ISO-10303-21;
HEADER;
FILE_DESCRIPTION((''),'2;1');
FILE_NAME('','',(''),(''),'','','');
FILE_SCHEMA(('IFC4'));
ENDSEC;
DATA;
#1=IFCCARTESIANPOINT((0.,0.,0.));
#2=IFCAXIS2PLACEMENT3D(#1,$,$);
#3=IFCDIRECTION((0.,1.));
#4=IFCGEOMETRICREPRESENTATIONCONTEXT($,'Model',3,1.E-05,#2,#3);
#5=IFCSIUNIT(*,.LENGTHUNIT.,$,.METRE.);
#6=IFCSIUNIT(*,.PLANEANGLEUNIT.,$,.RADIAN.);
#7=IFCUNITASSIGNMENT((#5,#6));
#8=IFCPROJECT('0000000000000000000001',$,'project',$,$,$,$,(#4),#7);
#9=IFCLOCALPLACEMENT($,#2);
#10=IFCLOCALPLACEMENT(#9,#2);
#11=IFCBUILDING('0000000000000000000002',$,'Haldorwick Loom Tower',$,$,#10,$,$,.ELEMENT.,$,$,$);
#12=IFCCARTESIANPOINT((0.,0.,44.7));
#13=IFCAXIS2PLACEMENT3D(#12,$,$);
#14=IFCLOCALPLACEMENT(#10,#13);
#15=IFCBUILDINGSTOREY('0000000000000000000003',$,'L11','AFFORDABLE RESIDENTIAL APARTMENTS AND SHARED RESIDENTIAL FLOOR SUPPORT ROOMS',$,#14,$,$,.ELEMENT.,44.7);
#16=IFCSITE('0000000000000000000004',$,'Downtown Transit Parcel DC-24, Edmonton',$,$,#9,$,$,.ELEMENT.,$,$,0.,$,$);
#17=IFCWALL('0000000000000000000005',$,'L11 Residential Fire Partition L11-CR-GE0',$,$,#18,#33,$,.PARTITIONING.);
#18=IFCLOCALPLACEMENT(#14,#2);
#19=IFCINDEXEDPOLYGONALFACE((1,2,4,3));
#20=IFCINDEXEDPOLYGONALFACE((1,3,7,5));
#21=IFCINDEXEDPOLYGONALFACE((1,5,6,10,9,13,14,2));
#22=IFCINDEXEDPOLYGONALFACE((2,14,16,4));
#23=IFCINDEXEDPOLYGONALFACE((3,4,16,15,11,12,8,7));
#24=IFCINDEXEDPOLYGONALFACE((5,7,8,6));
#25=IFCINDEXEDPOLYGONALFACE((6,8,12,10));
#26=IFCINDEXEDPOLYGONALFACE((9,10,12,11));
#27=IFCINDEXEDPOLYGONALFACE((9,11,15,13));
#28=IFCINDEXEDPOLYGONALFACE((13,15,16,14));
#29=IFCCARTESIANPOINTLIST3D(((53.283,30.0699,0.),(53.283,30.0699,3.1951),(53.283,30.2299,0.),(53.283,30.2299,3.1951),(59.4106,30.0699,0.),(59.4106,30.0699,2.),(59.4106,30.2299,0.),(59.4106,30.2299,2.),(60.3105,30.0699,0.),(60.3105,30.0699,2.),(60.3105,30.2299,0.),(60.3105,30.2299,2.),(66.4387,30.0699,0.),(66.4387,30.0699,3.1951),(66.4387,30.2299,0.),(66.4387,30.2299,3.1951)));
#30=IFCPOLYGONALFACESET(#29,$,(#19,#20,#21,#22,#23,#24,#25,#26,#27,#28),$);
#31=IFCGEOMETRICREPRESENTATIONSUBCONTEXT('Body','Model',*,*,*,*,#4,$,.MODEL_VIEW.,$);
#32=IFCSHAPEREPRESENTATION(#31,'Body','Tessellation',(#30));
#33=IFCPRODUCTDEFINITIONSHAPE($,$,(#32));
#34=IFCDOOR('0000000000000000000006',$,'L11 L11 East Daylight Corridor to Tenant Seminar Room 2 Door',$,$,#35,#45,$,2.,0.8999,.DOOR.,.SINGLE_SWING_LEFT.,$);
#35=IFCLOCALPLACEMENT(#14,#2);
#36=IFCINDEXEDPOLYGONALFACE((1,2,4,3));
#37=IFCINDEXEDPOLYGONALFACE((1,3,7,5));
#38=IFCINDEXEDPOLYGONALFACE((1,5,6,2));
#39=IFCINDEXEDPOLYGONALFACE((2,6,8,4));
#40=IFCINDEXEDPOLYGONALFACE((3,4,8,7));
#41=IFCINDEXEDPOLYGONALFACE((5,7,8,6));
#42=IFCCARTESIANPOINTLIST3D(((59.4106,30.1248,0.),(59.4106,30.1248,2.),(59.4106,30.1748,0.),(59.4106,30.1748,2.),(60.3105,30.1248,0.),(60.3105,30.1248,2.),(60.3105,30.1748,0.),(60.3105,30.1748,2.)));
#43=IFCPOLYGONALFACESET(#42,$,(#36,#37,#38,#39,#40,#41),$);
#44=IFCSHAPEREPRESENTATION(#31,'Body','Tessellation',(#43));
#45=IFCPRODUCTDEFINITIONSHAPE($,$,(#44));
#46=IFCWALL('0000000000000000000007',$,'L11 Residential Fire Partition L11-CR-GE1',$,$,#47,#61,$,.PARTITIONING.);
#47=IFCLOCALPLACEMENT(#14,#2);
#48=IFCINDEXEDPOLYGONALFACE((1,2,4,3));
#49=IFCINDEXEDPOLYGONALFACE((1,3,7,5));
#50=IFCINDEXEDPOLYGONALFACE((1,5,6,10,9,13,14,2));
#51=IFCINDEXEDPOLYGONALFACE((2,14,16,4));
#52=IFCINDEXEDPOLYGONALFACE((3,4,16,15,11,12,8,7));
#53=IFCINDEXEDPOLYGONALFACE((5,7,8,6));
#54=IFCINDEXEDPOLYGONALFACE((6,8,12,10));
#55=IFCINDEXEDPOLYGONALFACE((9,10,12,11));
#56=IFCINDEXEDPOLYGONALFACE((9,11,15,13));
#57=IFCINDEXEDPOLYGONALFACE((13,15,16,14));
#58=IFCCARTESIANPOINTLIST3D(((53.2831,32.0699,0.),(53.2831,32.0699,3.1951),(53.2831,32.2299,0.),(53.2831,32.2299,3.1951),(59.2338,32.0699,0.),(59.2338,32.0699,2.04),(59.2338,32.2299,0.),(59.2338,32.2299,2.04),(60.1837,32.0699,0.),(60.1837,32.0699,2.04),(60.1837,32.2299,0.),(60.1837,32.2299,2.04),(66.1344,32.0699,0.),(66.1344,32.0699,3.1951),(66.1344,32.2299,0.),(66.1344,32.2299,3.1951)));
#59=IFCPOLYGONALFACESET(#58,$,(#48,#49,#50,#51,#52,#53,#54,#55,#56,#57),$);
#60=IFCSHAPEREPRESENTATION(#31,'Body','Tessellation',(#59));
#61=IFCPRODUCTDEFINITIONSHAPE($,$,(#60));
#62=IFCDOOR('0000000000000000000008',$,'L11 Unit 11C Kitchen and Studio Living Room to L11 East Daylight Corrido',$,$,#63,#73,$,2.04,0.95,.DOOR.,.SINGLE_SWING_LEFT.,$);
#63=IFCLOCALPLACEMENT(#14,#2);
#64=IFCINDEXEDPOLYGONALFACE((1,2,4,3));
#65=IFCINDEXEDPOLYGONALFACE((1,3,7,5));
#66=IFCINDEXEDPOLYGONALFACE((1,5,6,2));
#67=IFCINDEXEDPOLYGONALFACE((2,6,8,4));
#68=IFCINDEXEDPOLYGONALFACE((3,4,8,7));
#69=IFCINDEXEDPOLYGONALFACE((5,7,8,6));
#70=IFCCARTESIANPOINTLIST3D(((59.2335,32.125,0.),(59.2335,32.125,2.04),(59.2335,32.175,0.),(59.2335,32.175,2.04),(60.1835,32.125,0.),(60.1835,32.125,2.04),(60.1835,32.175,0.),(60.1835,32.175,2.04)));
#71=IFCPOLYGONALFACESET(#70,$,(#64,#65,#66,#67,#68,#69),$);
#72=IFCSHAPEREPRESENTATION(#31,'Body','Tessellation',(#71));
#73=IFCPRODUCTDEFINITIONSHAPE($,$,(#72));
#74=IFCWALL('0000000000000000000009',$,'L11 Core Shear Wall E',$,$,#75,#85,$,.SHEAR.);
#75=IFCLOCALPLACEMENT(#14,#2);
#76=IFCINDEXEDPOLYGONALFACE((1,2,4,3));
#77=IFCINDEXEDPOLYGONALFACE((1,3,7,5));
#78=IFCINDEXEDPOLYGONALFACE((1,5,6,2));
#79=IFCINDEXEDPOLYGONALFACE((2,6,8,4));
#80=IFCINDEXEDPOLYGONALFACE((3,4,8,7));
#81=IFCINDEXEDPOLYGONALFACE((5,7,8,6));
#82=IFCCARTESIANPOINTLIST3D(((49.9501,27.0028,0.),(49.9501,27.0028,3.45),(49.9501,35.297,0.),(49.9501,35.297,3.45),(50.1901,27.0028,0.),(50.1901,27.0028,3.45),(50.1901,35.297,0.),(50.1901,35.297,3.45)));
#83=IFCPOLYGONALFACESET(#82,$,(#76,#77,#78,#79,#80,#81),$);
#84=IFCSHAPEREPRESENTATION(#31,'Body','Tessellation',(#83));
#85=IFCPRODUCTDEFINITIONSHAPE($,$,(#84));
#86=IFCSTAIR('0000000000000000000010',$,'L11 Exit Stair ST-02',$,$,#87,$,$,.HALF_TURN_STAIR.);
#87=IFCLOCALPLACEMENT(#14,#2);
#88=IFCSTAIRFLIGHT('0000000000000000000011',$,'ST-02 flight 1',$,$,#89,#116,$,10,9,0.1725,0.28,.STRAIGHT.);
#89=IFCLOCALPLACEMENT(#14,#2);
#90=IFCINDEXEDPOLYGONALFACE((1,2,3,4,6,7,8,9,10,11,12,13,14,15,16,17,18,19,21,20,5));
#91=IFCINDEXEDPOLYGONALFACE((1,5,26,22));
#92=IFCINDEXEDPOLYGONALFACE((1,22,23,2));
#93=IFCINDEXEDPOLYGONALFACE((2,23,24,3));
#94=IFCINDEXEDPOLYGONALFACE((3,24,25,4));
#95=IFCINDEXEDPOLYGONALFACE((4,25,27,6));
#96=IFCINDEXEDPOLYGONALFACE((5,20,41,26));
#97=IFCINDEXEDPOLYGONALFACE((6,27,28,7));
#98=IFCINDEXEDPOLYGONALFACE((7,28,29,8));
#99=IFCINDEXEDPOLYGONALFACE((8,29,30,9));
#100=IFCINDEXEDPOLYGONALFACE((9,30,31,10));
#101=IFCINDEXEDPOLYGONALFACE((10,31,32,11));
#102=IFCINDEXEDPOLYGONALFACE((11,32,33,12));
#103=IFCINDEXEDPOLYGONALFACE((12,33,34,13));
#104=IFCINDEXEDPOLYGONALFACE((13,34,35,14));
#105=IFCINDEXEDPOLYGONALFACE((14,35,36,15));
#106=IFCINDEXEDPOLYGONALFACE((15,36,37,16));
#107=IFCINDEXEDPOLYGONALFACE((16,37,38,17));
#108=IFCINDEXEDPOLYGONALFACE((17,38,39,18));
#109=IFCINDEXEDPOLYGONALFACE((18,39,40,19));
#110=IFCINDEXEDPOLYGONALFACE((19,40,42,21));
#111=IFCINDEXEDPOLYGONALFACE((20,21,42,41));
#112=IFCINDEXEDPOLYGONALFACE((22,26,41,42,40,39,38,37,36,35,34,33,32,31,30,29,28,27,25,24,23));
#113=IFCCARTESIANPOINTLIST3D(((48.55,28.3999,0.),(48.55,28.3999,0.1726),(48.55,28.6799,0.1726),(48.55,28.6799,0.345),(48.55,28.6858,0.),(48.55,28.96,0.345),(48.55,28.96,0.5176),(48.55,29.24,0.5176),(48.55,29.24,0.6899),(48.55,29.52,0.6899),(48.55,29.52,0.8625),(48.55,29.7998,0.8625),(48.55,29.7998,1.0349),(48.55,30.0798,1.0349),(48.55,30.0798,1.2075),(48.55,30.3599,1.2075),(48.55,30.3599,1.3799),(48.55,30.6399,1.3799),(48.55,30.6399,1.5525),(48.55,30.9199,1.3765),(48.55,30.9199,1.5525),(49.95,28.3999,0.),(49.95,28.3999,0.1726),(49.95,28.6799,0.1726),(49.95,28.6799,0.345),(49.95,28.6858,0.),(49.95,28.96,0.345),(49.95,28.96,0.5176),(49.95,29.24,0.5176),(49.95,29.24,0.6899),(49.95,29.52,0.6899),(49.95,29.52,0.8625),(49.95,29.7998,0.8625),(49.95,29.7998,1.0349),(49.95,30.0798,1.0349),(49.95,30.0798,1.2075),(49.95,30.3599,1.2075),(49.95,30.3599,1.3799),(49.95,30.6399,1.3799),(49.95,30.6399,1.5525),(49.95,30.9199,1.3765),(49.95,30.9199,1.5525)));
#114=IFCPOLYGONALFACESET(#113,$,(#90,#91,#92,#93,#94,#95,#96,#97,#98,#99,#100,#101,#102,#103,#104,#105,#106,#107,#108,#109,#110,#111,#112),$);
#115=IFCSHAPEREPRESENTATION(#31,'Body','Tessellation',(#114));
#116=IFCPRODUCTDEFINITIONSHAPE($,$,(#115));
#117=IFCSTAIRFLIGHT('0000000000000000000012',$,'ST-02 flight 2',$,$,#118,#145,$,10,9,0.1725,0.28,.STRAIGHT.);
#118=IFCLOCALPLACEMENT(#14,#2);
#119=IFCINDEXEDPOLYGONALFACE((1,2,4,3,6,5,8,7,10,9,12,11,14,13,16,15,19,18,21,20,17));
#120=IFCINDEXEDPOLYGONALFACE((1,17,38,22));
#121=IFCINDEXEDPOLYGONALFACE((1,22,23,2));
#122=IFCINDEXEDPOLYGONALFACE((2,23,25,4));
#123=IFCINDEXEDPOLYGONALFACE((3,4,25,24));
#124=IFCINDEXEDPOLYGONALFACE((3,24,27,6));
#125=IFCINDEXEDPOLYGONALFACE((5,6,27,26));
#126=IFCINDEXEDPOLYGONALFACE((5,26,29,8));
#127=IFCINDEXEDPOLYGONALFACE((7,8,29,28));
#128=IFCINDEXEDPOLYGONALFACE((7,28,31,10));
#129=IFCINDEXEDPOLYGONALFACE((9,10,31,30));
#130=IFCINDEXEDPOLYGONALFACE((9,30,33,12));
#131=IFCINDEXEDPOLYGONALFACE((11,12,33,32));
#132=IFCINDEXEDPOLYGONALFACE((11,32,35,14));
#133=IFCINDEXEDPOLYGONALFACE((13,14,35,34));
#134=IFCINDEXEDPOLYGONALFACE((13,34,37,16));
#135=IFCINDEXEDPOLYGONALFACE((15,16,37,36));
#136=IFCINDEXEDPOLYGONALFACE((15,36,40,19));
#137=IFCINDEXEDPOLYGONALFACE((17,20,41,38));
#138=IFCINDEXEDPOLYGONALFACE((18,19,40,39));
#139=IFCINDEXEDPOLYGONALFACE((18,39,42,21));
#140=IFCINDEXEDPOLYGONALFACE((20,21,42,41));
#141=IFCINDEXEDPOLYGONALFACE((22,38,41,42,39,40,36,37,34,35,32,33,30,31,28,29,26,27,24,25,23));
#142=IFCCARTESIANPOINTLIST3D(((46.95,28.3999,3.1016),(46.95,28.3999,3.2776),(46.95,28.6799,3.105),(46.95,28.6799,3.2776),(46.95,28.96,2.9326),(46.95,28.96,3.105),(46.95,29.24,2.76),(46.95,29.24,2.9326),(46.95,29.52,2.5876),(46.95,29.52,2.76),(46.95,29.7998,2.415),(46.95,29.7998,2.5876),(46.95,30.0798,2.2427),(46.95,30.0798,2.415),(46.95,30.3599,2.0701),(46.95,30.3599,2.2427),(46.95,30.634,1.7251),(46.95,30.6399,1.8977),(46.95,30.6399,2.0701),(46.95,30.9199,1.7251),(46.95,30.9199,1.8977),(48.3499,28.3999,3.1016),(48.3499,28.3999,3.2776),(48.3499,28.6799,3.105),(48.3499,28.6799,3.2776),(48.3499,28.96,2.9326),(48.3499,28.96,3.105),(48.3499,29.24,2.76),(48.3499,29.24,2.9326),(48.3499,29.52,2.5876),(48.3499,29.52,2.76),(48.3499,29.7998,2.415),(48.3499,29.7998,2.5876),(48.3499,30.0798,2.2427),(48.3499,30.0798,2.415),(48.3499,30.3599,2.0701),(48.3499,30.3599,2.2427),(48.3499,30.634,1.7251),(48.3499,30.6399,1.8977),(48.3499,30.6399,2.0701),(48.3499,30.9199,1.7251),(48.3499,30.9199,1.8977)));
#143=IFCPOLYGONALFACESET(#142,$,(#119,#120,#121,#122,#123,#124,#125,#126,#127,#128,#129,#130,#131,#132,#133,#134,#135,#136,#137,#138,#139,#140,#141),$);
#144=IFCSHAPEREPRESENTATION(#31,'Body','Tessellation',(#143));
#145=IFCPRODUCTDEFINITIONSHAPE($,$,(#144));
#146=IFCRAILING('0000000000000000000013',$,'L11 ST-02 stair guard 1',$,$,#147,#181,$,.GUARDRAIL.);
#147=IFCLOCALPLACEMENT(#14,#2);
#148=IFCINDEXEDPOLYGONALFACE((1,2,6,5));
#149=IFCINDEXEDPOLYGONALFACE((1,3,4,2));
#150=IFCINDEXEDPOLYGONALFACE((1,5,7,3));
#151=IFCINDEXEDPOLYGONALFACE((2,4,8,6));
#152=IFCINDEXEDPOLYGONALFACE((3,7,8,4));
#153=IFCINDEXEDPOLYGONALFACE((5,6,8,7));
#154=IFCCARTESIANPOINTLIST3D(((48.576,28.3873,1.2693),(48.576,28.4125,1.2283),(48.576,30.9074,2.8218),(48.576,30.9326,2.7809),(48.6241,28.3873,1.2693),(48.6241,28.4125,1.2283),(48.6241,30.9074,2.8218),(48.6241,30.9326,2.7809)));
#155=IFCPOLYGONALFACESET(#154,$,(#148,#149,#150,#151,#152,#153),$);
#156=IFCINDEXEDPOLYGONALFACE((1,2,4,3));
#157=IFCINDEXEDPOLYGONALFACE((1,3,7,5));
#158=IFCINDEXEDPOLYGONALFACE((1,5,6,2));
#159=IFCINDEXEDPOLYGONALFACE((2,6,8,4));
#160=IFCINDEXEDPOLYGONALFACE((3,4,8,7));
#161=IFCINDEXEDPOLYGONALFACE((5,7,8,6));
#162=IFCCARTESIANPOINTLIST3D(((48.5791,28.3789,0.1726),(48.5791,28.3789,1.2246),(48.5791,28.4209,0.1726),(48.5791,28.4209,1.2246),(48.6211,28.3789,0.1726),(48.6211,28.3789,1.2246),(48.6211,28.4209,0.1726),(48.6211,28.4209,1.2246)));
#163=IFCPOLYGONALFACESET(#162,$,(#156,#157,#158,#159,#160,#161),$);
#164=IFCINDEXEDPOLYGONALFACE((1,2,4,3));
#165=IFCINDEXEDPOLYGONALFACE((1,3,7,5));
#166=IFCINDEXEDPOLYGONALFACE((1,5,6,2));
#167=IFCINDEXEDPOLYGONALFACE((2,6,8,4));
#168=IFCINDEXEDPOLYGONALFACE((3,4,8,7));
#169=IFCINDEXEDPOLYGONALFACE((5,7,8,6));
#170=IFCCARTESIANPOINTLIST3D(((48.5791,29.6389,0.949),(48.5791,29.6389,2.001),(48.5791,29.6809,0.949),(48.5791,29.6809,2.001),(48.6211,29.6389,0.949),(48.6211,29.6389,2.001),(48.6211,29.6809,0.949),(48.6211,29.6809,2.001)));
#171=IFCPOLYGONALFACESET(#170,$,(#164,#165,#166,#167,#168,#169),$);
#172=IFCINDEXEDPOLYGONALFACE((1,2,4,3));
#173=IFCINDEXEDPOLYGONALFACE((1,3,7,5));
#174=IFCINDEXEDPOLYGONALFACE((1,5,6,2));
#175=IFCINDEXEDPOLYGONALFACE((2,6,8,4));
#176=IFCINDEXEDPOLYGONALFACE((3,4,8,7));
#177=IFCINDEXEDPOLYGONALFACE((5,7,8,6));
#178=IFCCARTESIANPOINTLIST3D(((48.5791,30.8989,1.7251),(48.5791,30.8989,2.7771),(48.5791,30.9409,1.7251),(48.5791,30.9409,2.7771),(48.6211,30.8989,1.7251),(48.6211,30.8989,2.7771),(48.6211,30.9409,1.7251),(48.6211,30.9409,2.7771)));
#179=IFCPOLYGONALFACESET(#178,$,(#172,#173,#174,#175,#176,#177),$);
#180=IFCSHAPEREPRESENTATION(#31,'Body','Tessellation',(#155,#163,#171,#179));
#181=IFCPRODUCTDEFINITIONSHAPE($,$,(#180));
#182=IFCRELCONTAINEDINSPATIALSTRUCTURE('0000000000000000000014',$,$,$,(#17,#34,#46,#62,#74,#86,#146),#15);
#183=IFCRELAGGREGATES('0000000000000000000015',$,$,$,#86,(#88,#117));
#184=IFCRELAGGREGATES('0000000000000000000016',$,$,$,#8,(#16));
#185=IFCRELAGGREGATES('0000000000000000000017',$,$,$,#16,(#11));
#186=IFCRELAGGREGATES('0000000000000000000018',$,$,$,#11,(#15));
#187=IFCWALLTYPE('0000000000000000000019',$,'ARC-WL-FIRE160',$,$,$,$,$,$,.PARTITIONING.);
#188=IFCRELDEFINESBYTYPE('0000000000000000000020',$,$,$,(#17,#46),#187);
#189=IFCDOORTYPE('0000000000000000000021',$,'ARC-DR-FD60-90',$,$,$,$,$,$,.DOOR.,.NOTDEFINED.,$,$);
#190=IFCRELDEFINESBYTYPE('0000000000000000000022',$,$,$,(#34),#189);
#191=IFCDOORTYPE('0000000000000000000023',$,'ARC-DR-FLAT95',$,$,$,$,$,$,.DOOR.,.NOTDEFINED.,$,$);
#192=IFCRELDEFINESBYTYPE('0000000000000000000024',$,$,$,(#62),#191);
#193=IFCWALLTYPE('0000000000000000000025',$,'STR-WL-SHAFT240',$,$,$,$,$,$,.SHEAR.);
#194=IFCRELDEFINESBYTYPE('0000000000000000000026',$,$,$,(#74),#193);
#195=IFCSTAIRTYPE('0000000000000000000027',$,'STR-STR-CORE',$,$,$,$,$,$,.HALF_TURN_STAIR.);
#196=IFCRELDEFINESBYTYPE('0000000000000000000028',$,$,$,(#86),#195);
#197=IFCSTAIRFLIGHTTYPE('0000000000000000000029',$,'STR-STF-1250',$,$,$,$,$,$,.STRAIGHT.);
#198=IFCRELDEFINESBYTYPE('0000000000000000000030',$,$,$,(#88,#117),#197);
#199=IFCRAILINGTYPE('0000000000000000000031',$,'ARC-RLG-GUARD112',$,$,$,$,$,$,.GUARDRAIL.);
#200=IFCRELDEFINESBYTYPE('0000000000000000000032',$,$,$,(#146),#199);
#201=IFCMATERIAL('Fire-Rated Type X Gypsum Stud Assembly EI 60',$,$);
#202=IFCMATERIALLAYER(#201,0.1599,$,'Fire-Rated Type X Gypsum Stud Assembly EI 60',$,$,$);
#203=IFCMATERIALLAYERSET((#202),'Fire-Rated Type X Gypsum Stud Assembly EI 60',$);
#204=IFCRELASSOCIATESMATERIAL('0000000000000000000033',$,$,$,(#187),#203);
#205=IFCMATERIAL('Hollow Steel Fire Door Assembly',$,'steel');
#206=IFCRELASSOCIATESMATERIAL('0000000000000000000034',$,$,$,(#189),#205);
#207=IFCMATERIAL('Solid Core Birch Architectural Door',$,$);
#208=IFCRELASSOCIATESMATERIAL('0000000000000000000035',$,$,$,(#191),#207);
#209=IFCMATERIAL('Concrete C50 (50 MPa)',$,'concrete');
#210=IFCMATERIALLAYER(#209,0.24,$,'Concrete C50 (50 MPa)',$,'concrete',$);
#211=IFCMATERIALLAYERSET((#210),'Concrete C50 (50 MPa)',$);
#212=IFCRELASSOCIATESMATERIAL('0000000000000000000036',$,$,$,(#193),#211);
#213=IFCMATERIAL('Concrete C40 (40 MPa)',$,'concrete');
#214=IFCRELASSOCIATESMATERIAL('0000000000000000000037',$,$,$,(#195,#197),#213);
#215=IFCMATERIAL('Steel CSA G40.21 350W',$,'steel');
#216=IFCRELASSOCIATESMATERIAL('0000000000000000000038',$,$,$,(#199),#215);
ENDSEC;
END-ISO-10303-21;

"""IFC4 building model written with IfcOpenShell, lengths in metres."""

from ifc_helpers import new_model, si_unit, direction, frame, frame_2d, origin, origin_2d, place, context, subcontext, project, spatial, polyline, rectangle, outline, extrude, material, layer, layer_set, type_object, element, fill, aggregate, save


model = new_model("IFC4")

# Units and contexts
model_context = context("Model", 3, precision=1e-05, world=origin(), true_north=direction((0.0, 1.0)))
body_context = subcontext(model_context, "Body", "Model", "MODEL_VIEW")
ifc_project = project(units=[si_unit("LENGTHUNIT", "METRE"), si_unit("PLANEANGLEUNIT", "RADIAN")], contexts=[model_context])

# Site, building, storey
site_placement = place(None, origin())
site = spatial("IfcSite", under=ifc_project, at=site_placement, Name="Downtown Transit Parcel DC-24, Edmonton", CompositionType="ELEMENT", RefElevation=0.0)
building_placement = place(site_placement, origin())
building = spatial("IfcBuilding", under=site, at=building_placement, Name="Haldorwick Loom Tower", CompositionType="ELEMENT")
storey_placement = place(building_placement, frame((0.0, 0.0, 44.7)))
storey = spatial("IfcBuildingStorey", under=building, at=storey_placement, Name="L11", Description="AFFORDABLE RESIDENTIAL APARTMENTS AND SHARED RESIDENTIAL FLOOR SUPPORT ROOMS", CompositionType="ELEMENT", Elevation=44.7)

# Shared definitions
ifc_material_1 = material(Name="Steel CSA G40.21 350W", Category="steel")

# Walls, openings, doors
ifc_material_2 = material(Name="Fire-Rated Type X Gypsum Stud Assembly EI 60")
ifc_layer_1 = layer(ifc_material_2, 0.1599, Name="Fire-Rated Type X Gypsum Stud Assembly EI 60")
ifc_layer_set_1 = layer_set([ifc_layer_1], Name="Fire-Rated Type X Gypsum Stud Assembly EI 60")
wall_type_1 = type_object("IfcWallType", Name="ARC-WL-FIRE160", PredefinedType="PARTITIONING", material=ifc_layer_set_1)
wall_1_placement = place(storey_placement, frame((53.283, 30.1499, 0.0), z_axis=(0.0, 0.0, 1.0), x_axis=(1.0, 0.0, 0.0)))
wall_1 = element("IfcWall", 1, at=wall_1_placement, inside=storey, type_object=wall_type_1, Name="L11 Residential Fire Partition L11-CR-GE0", PredefinedType="PARTITIONING", context=body_context, shape_type="SweptSolid", body=[
    extrude(rectangle(XDim=13.1558, YDim=0.1599, at=frame_2d((6.5779, 0.0))), origin(), (0.0, 0.0, 1.0), 3.1951),
])
opening_1_placement = place(wall_1_placement, frame((6.1277, 0.0, 0.0)))
opening_1 = element("IfcOpeningElement", 2, at=opening_1_placement, cuts=wall_1, PredefinedType="OPENING", context=body_context, shape_type="SweptSolid", body=[
    extrude(rectangle(XDim=0.8999, YDim=2.0, at=frame_2d((0.45, 1.0))), frame((0.0, 0.0898, 0.0), z_axis=(0.0, -1.0, 0.0), x_axis=(1.0, 0.0, 0.0)), (0.0, 0.0, 1.0), 0.1799),
])
ifc_material_3 = material(Name="Hollow Steel Fire Door Assembly", Category="steel")
door_type_1 = type_object("IfcDoorType", Name="ARC-DR-FD60-90", OperationType="NOTDEFINED", PredefinedType="DOOR", material=ifc_material_3)
door_1_placement = place(opening_1_placement, origin())
door_1 = element("IfcDoor", 3, at=door_1_placement, inside=storey, type_object=door_type_1, Name="L11 L11 East Daylight Corridor to Tenant Seminar Room 2 Door", OperationType="SINGLE_SWING_LEFT", OverallHeight=2.0, OverallWidth=0.8999, PredefinedType="DOOR", context=body_context, shape_type="SweptSolid", body=[
    extrude(rectangle(XDim=0.8999, YDim=2.0, at=frame_2d((0.45, 1.0))), frame((0.0, 0.0249, 0.0), z_axis=(0.0, -1.0, 0.0), x_axis=(1.0, 0.0, 0.0)), (0.0, 0.0, 1.0), 0.05),
])
fill(opening_1, door_1)
wall_2_placement = place(storey_placement, frame((53.283, 32.1499, 0.0), z_axis=(0.0, 0.0, 1.0), x_axis=(1.0, 0.0, 0.0)))
wall_2 = element("IfcWall", 4, at=wall_2_placement, inside=storey, type_object=wall_type_1, Name="L11 Residential Fire Partition L11-CR-GE1", PredefinedType="PARTITIONING", context=body_context, shape_type="SweptSolid", body=[
    extrude(rectangle(XDim=12.8513, YDim=0.1599, at=frame_2d((6.4258, 0.0))), origin(), (0.0, 0.0, 1.0), 3.1951),
])
opening_2_placement = place(wall_2_placement, frame((5.9507, 0.0, 0.0)))
opening_2 = element("IfcOpeningElement", 5, at=opening_2_placement, cuts=wall_2, PredefinedType="OPENING", context=body_context, shape_type="SweptSolid", body=[
    extrude(rectangle(XDim=0.95, YDim=2.04, at=frame_2d((0.4751, 1.02))), frame((0.0, 0.0898, 0.0), z_axis=(0.0, -1.0, 0.0), x_axis=(1.0, 0.0, 0.0)), (0.0, 0.0, 1.0), 0.1799),
])
ifc_material_4 = material(Name="Solid Core Birch Architectural Door")
door_type_2 = type_object("IfcDoorType", Name="ARC-DR-FLAT95", OperationType="NOTDEFINED", PredefinedType="DOOR", material=ifc_material_4)
door_2_placement = place(opening_2_placement, frame((0.95, 0.0, 0.0), z_axis=(0.0, 0.0, 1.0), x_axis=(-1.0, 0.0, 0.0)))
door_2 = element("IfcDoor", 6, at=door_2_placement, inside=storey, type_object=door_type_2, Name="L11 Unit 11C Kitchen and Studio Living Room to L11 East Daylight Corrido", OperationType="SINGLE_SWING_LEFT", OverallHeight=2.04, OverallWidth=0.95, PredefinedType="DOOR", context=body_context, shape_type="SweptSolid", body=[
    extrude(rectangle(XDim=0.95, YDim=2.04, at=frame_2d((0.4751, 1.02))), frame((0.0, 0.0249, 0.0), z_axis=(0.0, -1.0, 0.0), x_axis=(1.0, 0.0, 0.0)), (0.0, 0.0, 1.0), 0.05),
])
fill(opening_2, door_2)

# Wall
ifc_material_5 = material(Name="Concrete C50 (50 MPa)", Category="concrete")
ifc_layer_2 = layer(ifc_material_5, 0.24, Name="Concrete C50 (50 MPa)", Category="concrete")
ifc_layer_set_2 = layer_set([ifc_layer_2], Name="Concrete C50 (50 MPa)")
wall_type_2 = type_object("IfcWallType", Name="STR-WL-SHAFT240", PredefinedType="SHEAR", material=ifc_layer_set_2)
wall_3_placement = place(storey_placement, frame((50.0701, 27.0029, 0.0), z_axis=(0.0, 0.0, 1.0), x_axis=(0.0, 1.0, 0.0)))
element("IfcWall", 7, at=wall_3_placement, inside=storey, type_object=wall_type_2, Name="L11 Core Shear Wall E", PredefinedType="SHEAR", context=body_context, shape_type="SweptSolid", body=[
    extrude(rectangle(XDim=8.2942, YDim=0.24, at=frame_2d((4.147, 0.0))), origin(), (0.0, 0.0, 1.0), 3.45),
])

# Stair, stair flights
ifc_material_6 = material(Name="Concrete C40 (40 MPa)", Category="concrete")
stair_type = type_object("IfcStairType", Name="STR-STR-CORE", PredefinedType="HALF_TURN_STAIR", material=ifc_material_6)
stair_placement = place(storey_placement, origin())
stair = element("IfcStair", 8, at=stair_placement, inside=storey, type_object=stair_type, Name="L11 Exit Stair ST-02", PredefinedType="HALF_TURN_STAIR")
stair_flight_type = type_object("IfcStairFlightType", Name="STR-STF-1250", PredefinedType="STRAIGHT", material=ifc_material_6)
stair_flight_1_placement = place(storey_placement, frame((49.25, 28.3999, 0.0), z_axis=(0.0, 0.0, 1.0), x_axis=(0.0, 1.0, 0.0)))
stair_flight_1 = element("IfcStairFlight", 9, at=stair_flight_1_placement, type_object=stair_flight_type, Name="ST-02 flight 1", NumberOfRisers=10, NumberOfTreads=9, PredefinedType="STRAIGHT", RiserHeight=0.1725, TreadLength=0.28, context=body_context, shape_type="SweptSolid", body=[
    extrude(outline(polyline([(0.0, 0.0), (0.0, 0.1726), (0.28, 0.1726), (0.28, 0.345), (0.5601, 0.345), (0.5601, 0.5176), (0.8401, 0.5176), (0.8401, 0.6899), (1.1201, 0.6899), (1.1201, 0.8625), (1.3999, 0.8625), (1.3999, 1.0349), (1.6799, 1.0349), (1.6799, 1.2075), (1.96, 1.2075), (1.96, 1.3799), (2.24, 1.3799), (2.24, 1.5525), (2.52, 1.5525), (2.52, 1.7251), (2.52, 1.3765), (0.2859, 0.0), (0.0, 0.0)])), frame((0.0, 0.7, 0.0), z_axis=(0.0, -1.0, 0.0), x_axis=(1.0, 0.0, 0.0)), (0.0, 0.0, 1.0), 1.3999),
])
stair_flight_2_placement = place(storey_placement, frame((47.6499, 30.9199, 1.7251), z_axis=(0.0, 0.0, 1.0), x_axis=(0.0, -1.0, 0.0)))
stair_flight_2 = element("IfcStairFlight", 10, at=stair_flight_2_placement, type_object=stair_flight_type, Name="ST-02 flight 2", NumberOfRisers=10, NumberOfTreads=9, PredefinedType="STRAIGHT", RiserHeight=0.1725, TreadLength=0.28, context=body_context, shape_type="SweptSolid", body=[
    extrude(outline(polyline([(0.0, 0.0), (0.0, 0.1726), (0.28, 0.1726), (0.28, 0.345), (0.5601, 0.345), (0.5601, 0.5176), (0.8401, 0.5176), (0.8401, 0.6899), (1.1201, 0.6899), (1.1201, 0.8625), (1.3999, 0.8625), (1.3999, 1.0349), (1.6799, 1.0349), (1.6799, 1.2075), (1.96, 1.2075), (1.96, 1.3799), (2.24, 1.3799), (2.24, 1.5525), (2.52, 1.5525), (2.52, 1.7251), (2.52, 1.3765), (0.2859, 0.0), (0.0, 0.0)])), frame((0.0, 0.7, 0.0), z_axis=(0.0, -1.0, 0.0), x_axis=(1.0, 0.0, 0.0)), (0.0, 0.0, 1.0), 1.3999),
])
aggregate(stair, [stair_flight_1, stair_flight_2])

# Railing
railing_type_1 = type_object("IfcRailingType", Name="ARC-RLG-GUARD112", PredefinedType="GUARDRAIL", material=ifc_material_1)
railing_1_placement = place(storey_placement, frame((48.6001, 28.3999, 0.1726)))
element("IfcRailing", 11, at=railing_1_placement, inside=storey, type_object=railing_type_1, Name="L11 ST-02 stair guard 1", PredefinedType="GUARDRAIL", context=body_context, shape_type="SweptSolid", body=[
    extrude(rectangle(XDim=0.0481, YDim=0.0481, at=origin_2d()), frame((0.0, 0.0, 1.0762), z_axis=(0.0, 0.8514, 0.524516), x_axis=(-1.0, 0.0, 0.0)), (0.0, 0.0, 1.0), 2.96),
    extrude(rectangle(XDim=0.042, YDim=0.042, at=origin_2d()), origin(), (0.0, 0.0, 1.0), 1.052),
    extrude(rectangle(XDim=0.042, YDim=0.042, at=origin_2d()), frame((0.0, 1.26, 0.7764)), (0.0, 0.0, 1.0), 1.052),
    extrude(rectangle(XDim=0.042, YDim=0.042, at=origin_2d()), frame((0.0, 2.52, 1.5525)), (0.0, 0.0, 1.0), 1.052),
])

save(model, "model.ifc")
